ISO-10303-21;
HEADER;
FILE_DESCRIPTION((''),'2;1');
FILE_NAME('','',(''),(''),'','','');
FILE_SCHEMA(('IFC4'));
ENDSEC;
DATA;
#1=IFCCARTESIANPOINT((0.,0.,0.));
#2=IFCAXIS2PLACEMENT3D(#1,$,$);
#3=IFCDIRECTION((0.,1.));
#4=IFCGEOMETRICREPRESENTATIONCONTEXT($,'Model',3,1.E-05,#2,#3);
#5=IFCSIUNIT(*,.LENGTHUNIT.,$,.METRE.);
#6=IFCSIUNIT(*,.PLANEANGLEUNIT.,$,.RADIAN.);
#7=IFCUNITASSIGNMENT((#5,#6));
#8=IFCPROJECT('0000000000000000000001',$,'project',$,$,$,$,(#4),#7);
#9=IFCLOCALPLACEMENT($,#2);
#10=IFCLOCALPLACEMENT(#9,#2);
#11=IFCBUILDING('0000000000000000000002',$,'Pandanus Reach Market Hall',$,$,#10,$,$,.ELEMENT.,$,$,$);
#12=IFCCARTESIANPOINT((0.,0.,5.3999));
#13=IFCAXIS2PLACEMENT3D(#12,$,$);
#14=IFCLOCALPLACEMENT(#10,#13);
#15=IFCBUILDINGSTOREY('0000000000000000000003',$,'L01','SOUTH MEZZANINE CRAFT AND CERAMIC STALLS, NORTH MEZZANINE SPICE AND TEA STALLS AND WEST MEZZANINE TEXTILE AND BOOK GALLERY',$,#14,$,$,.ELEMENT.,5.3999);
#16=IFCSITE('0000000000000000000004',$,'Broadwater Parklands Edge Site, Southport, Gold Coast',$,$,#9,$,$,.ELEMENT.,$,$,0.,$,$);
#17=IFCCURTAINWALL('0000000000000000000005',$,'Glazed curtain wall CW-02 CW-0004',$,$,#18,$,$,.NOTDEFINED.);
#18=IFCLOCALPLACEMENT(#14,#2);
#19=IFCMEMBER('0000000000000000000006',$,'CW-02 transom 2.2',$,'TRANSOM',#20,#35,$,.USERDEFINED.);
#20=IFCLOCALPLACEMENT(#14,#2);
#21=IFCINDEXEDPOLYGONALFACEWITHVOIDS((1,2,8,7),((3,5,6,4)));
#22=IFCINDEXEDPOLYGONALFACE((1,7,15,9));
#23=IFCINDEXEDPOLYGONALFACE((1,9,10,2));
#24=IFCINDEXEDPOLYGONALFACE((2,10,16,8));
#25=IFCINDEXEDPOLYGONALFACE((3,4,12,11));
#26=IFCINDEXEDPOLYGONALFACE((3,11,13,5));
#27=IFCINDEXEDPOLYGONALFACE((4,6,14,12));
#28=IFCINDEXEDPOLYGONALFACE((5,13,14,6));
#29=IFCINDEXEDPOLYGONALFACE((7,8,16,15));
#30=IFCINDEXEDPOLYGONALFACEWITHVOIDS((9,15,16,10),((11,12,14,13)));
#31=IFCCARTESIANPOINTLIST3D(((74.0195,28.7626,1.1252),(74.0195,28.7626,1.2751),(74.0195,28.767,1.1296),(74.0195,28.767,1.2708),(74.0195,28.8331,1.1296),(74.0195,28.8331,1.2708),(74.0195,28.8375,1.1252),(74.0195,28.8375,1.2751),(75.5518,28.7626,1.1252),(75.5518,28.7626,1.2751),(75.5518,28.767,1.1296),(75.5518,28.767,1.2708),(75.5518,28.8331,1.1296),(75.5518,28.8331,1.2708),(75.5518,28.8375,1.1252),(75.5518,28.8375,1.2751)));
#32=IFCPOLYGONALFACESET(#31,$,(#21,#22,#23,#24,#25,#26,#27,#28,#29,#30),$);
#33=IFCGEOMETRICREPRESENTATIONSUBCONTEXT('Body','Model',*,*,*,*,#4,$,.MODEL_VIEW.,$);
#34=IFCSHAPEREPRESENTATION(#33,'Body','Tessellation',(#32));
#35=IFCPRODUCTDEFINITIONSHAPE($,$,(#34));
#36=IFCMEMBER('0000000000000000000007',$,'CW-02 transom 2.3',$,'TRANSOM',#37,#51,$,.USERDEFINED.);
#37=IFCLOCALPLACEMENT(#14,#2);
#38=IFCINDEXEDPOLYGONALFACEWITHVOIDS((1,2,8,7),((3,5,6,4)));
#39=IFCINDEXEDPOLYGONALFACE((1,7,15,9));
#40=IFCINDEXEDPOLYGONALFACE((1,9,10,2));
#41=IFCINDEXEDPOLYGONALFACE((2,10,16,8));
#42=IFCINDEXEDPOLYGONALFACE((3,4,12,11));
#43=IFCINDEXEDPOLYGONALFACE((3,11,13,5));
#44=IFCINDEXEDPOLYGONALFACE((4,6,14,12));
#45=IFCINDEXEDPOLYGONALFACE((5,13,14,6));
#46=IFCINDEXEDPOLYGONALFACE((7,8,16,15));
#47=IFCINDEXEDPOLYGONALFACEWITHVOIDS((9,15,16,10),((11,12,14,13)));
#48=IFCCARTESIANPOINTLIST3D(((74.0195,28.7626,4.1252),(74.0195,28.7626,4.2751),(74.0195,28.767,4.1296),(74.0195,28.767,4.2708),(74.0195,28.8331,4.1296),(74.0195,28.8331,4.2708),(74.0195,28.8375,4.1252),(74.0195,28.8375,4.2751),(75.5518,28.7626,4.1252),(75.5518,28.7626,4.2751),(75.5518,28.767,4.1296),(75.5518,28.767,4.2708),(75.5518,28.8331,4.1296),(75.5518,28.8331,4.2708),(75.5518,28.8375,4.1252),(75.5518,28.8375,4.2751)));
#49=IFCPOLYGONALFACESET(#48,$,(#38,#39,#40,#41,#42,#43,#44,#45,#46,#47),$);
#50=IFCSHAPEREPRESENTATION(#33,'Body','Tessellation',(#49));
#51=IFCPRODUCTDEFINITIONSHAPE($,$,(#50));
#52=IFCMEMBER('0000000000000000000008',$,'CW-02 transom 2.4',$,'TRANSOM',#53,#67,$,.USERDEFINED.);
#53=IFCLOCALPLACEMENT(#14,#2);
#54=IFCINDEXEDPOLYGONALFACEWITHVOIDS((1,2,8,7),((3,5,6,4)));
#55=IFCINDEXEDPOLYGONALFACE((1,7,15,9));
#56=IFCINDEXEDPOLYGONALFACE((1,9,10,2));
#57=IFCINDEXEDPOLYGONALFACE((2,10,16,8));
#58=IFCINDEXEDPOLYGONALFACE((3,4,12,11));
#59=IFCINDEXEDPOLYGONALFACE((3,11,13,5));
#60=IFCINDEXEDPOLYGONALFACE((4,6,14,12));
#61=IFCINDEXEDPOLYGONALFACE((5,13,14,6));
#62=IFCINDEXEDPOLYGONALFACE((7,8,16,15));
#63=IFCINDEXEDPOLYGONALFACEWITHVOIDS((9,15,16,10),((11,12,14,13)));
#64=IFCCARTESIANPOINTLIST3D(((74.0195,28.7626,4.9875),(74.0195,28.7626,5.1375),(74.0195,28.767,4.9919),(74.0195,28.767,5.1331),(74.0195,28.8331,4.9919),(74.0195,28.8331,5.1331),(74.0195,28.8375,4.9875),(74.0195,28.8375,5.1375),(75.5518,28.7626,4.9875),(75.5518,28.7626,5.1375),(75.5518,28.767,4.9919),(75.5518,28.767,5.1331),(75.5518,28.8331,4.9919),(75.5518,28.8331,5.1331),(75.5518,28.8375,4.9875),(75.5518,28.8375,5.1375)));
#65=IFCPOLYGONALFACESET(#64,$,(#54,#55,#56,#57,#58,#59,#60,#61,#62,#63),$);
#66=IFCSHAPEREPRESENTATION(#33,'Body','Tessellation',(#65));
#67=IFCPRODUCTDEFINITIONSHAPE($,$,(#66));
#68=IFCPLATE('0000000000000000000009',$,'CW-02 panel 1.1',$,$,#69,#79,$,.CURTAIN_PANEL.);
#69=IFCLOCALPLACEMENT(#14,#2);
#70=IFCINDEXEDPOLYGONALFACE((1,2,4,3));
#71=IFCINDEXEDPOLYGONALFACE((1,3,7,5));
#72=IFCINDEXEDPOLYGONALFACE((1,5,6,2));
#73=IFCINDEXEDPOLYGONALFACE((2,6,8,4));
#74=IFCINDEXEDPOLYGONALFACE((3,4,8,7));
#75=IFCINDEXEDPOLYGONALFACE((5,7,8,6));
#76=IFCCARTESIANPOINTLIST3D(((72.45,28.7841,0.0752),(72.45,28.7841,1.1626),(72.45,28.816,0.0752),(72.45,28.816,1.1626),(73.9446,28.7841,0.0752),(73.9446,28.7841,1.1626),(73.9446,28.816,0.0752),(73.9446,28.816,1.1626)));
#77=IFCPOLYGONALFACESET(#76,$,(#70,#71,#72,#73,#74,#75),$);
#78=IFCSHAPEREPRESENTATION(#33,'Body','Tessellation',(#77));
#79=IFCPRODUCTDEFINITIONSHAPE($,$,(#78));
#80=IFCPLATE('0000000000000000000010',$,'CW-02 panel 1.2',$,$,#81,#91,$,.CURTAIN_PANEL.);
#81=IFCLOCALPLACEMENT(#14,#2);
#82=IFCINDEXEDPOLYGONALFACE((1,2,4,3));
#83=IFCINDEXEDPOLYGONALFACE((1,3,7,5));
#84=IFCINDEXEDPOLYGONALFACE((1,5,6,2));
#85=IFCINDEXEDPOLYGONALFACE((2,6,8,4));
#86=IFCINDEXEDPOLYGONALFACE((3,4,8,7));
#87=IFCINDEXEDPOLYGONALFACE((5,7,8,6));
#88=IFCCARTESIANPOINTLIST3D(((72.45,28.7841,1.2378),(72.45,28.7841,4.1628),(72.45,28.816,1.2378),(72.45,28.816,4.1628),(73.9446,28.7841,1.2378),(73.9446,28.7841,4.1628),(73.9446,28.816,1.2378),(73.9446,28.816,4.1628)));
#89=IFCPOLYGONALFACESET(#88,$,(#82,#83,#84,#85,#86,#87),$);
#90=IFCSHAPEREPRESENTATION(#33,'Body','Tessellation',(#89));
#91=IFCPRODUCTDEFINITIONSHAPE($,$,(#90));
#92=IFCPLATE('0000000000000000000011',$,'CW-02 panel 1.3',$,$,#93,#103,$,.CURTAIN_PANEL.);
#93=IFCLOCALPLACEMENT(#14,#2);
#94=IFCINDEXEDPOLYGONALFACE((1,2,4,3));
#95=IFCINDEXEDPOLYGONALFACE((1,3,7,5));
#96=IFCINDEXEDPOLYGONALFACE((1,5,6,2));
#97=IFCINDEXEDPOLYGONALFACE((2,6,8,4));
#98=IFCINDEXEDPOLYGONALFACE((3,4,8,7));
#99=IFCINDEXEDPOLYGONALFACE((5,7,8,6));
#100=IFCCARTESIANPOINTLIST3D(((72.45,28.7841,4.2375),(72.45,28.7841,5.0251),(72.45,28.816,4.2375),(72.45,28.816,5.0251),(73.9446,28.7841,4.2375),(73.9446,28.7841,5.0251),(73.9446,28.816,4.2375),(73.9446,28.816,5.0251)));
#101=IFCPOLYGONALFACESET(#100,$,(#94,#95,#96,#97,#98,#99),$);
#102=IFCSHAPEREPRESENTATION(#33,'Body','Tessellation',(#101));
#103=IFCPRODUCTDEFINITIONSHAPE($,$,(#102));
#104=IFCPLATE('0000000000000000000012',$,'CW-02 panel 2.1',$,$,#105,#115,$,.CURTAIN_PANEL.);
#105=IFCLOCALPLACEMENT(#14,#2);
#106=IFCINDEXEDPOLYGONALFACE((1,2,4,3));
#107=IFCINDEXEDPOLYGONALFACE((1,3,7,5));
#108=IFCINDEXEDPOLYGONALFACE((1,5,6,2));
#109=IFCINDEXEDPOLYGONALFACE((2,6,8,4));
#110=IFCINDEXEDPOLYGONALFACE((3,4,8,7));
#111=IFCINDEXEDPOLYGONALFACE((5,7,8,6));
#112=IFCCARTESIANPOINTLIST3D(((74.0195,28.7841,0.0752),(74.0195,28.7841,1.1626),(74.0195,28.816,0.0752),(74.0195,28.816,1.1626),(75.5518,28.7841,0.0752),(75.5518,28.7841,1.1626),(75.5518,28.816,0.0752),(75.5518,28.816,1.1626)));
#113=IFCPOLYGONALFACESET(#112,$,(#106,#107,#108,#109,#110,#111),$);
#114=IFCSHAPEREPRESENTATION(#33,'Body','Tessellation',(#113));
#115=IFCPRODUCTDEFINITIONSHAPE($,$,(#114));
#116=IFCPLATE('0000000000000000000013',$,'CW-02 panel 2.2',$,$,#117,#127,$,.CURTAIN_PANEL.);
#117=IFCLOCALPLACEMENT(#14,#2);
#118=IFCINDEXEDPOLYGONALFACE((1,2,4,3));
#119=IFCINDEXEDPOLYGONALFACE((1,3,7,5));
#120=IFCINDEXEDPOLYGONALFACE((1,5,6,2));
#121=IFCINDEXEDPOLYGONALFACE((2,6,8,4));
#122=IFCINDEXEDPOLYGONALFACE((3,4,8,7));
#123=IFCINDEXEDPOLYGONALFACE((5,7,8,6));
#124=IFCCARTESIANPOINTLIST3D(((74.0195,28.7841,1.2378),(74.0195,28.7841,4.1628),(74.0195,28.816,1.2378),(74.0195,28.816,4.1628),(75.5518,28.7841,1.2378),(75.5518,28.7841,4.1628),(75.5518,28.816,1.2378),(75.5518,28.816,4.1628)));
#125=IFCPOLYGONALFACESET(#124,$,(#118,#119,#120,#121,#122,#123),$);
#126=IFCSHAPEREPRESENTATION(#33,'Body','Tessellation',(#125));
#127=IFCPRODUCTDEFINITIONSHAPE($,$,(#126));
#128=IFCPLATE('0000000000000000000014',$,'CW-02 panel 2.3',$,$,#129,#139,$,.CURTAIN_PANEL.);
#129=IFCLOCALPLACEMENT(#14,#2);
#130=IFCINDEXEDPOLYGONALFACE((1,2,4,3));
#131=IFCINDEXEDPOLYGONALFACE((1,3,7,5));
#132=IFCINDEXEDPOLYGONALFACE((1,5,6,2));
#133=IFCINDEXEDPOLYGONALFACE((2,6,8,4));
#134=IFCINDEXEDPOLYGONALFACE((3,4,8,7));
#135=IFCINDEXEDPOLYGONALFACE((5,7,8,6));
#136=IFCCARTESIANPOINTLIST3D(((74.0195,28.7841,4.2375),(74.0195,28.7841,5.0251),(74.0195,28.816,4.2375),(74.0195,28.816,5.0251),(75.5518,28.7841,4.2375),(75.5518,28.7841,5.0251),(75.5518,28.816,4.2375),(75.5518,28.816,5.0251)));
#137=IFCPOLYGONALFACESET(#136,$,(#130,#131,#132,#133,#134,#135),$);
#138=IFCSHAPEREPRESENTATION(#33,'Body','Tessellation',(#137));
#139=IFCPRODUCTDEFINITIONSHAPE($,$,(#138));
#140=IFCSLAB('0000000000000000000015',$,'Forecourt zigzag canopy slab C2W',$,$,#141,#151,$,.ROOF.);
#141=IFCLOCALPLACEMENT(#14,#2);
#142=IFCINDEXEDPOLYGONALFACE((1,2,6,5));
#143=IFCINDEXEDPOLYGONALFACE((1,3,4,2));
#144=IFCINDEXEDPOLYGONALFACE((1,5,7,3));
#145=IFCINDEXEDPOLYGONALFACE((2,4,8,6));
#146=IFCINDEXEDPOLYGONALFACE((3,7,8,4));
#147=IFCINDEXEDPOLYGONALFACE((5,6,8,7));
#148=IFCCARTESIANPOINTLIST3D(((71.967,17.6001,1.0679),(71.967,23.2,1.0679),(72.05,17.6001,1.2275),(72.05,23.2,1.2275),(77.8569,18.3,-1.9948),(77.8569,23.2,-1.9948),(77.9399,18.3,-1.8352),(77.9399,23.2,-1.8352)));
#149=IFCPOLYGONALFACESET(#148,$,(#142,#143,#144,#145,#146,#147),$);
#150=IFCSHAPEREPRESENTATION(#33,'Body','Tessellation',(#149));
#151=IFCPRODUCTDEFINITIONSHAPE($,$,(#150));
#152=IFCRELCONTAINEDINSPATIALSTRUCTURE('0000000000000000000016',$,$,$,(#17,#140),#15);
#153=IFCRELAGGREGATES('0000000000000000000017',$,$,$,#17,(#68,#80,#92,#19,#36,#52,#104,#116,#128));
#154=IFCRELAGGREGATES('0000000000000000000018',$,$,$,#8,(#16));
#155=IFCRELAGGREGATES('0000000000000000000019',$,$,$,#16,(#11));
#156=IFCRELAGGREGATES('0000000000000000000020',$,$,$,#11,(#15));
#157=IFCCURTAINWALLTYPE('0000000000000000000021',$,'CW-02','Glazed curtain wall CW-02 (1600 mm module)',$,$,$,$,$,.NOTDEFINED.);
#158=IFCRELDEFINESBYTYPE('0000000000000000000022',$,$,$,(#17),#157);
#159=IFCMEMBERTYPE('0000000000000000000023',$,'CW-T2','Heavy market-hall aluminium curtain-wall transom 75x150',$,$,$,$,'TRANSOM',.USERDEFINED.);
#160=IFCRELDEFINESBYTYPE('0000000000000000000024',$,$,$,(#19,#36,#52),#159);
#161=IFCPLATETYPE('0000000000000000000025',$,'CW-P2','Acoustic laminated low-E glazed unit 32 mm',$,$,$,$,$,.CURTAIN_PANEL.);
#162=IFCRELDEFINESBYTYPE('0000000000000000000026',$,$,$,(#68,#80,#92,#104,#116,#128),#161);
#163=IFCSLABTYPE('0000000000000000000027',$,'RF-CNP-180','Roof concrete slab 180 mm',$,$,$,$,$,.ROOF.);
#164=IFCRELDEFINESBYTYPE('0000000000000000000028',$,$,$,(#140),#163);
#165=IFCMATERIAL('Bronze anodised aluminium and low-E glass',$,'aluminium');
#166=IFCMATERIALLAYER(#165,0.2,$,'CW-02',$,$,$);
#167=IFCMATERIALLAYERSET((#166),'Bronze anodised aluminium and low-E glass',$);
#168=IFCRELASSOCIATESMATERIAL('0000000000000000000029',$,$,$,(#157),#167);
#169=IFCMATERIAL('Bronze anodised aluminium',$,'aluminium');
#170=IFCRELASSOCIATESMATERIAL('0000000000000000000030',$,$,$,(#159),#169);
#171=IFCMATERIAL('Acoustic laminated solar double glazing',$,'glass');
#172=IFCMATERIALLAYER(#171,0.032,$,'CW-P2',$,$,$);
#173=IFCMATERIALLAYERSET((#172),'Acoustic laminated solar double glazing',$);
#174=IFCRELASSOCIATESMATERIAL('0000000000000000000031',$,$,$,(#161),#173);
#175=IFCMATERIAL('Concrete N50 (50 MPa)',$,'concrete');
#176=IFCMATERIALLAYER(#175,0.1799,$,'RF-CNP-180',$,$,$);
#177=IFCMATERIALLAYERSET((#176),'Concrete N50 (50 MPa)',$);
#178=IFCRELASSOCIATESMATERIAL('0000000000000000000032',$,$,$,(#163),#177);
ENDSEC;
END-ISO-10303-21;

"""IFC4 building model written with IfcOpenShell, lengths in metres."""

from ifc_helpers import new_model, si_unit, direction, frame, origin, origin_2d, place, context, subcontext, project, spatial, polyline, rectangle, hollow_rectangle, outline, extrude, material, layer, layer_set, material_profile, profile_set, type_object, element, aggregate, save


model = new_model("IFC4")

# Units and contexts
model_context = context("Model", 3, precision=1e-05, world=origin(), true_north=direction((0.0, 1.0)))
body_context = subcontext(model_context, "Body", "Model", "MODEL_VIEW")
ifc_project = project(units=[si_unit("LENGTHUNIT", "METRE"), si_unit("PLANEANGLEUNIT", "RADIAN")], contexts=[model_context])

# Site, building, storey
site_placement = place(None, origin())
site = spatial("IfcSite", under=ifc_project, at=site_placement, Name="Broadwater Parklands Edge Site, Southport, Gold Coast", CompositionType="ELEMENT", RefElevation=0.0)
building_placement = place(site_placement, origin())
building = spatial("IfcBuilding", under=site, at=building_placement, Name="Pandanus Reach Market Hall", CompositionType="ELEMENT")
storey_placement = place(building_placement, frame((0.0, 0.0, 5.3999)))
storey = spatial("IfcBuildingStorey", under=building, at=storey_placement, Name="L01", Description="SOUTH MEZZANINE CRAFT AND CERAMIC STALLS, NORTH MEZZANINE SPICE AND TEA STALLS AND WEST MEZZANINE TEXTILE AND BOOK GALLERY", CompositionType="ELEMENT", Elevation=5.3999)

# Shared definitions
ifc_material_1 = material(Name="Concrete N50 (50 MPa)", Category="concrete")

# Curtain wall, members, plates
ifc_material_2 = material(Name="Bronze anodised aluminium and low-E glass", Category="aluminium")
ifc_layer_1 = layer(ifc_material_2, 0.2, Name="CW-02")
ifc_layer_set_1 = layer_set([ifc_layer_1], Name="Bronze anodised aluminium and low-E glass")
curtain_wall_type = type_object("IfcCurtainWallType", Name="CW-02", Description="Glazed curtain wall CW-02 (1600 mm module)", PredefinedType="NOTDEFINED", material=ifc_layer_set_1)
curtain_wall_placement = place(storey_placement, origin())
curtain_wall = element("IfcCurtainWall", 1, at=curtain_wall_placement, inside=storey, type_object=curtain_wall_type, Name="Glazed curtain wall CW-02 CW-0004", PredefinedType="NOTDEFINED")
ifc_material_3 = material(Name="Bronze anodised aluminium", Category="aluminium")
ifc_material_profile_1 = material_profile(ifc_material_3, hollow_rectangle(XDim=0.075, YDim=0.1499, WallThickness=0.0044, at=origin_2d()), Name="ALU75x150", Category="LoadBearing")
ifc_profile_set_1 = profile_set([ifc_material_profile_1], Name="Bronze anodised aluminium")
member_type_1 = type_object("IfcMemberType", Name="CW-T2", Description="Heavy market-hall aluminium curtain-wall transom 75x150", ElementType="TRANSOM", PredefinedType="USERDEFINED", material=ifc_profile_set_1)
member_1_placement = place(storey_placement, frame((74.0195, 28.8, 1.2002), z_axis=(1.0, 0.0, 0.0), x_axis=(0.0, 1.0, 0.0)))
member_1 = element("IfcMember", 2, at=member_1_placement, type_object=member_type_1, Name="CW-02 transom 2.2", ObjectType="TRANSOM", PredefinedType="USERDEFINED", context=body_context, shape_type="SweptSolid", body=[
    extrude(hollow_rectangle(XDim=0.075, YDim=0.1499, WallThickness=0.0044, at=origin_2d()), origin(), (0.0, 0.0, 1.0), 1.5322),
])
member_2_placement = place(storey_placement, frame((74.0195, 28.8, 4.2002), z_axis=(1.0, 0.0, 0.0), x_axis=(0.0, 1.0, 0.0)))
member_2 = element("IfcMember", 3, at=member_2_placement, type_object=member_type_1, Name="CW-02 transom 2.3", ObjectType="TRANSOM", PredefinedType="USERDEFINED", context=body_context, shape_type="SweptSolid", body=[
    extrude(hollow_rectangle(XDim=0.075, YDim=0.1499, WallThickness=0.0044, at=origin_2d()), origin(), (0.0, 0.0, 1.0), 1.5322),
])
member_3_placement = place(storey_placement, frame((74.0195, 28.8, 5.0625), z_axis=(1.0, 0.0, 0.0), x_axis=(0.0, 1.0, 0.0)))
member_3 = element("IfcMember", 4, at=member_3_placement, type_object=member_type_1, Name="CW-02 transom 2.4", ObjectType="TRANSOM", PredefinedType="USERDEFINED", context=body_context, shape_type="SweptSolid", body=[
    extrude(hollow_rectangle(XDim=0.075, YDim=0.1499, WallThickness=0.0044, at=origin_2d()), origin(), (0.0, 0.0, 1.0), 1.5322),
])
ifc_material_4 = material(Name="Acoustic laminated solar double glazing", Category="glass")
ifc_layer_2 = layer(ifc_material_4, 0.032, Name="CW-P2")
ifc_layer_set_2 = layer_set([ifc_layer_2], Name="Acoustic laminated solar double glazing")
plate_type = type_object("IfcPlateType", Name="CW-P2", Description="Acoustic laminated low-E glazed unit 32 mm", PredefinedType="CURTAIN_PANEL", material=ifc_layer_set_2)
plate_1_placement = place(storey_placement, frame((73.1973, 28.8, 0.0752), z_axis=(0.0, 0.0, 1.0), x_axis=(1.0, 0.0, 0.0)))
plate_1 = element("IfcPlate", 5, at=plate_1_placement, type_object=plate_type, Name="CW-02 panel 1.1", PredefinedType="CURTAIN_PANEL", context=body_context, shape_type="SweptSolid", body=[
    extrude(rectangle(XDim=1.4946, YDim=0.032, at=origin_2d()), origin(), (0.0, 0.0, 1.0), 1.0874),
])
plate_2_placement = place(storey_placement, frame((73.1973, 28.8, 1.2378), z_axis=(0.0, 0.0, 1.0), x_axis=(1.0, 0.0, 0.0)))
plate_2 = element("IfcPlate", 6, at=plate_2_placement, type_object=plate_type, Name="CW-02 panel 1.2", PredefinedType="CURTAIN_PANEL", context=body_context, shape_type="SweptSolid", body=[
    extrude(rectangle(XDim=1.4946, YDim=0.032, at=origin_2d()), origin(), (0.0, 0.0, 1.0), 2.925),
])
plate_3_placement = place(storey_placement, frame((73.1973, 28.8, 4.2375), z_axis=(0.0, 0.0, 1.0), x_axis=(1.0, 0.0, 0.0)))
plate_3 = element("IfcPlate", 7, at=plate_3_placement, type_object=plate_type, Name="CW-02 panel 1.3", PredefinedType="CURTAIN_PANEL", context=body_context, shape_type="SweptSolid", body=[
    extrude(rectangle(XDim=1.4946, YDim=0.032, at=origin_2d()), origin(), (0.0, 0.0, 1.0), 0.7876),
])
plate_4_placement = place(storey_placement, frame((74.7856, 28.8, 0.0752), z_axis=(0.0, 0.0, 1.0), x_axis=(1.0, 0.0, 0.0)))
plate_4 = element("IfcPlate", 8, at=plate_4_placement, type_object=plate_type, Name="CW-02 panel 2.1", PredefinedType="CURTAIN_PANEL", context=body_context, shape_type="SweptSolid", body=[
    extrude(rectangle(XDim=1.5322, YDim=0.032, at=origin_2d()), origin(), (0.0, 0.0, 1.0), 1.0874),
])
plate_5_placement = place(storey_placement, frame((74.7856, 28.8, 1.2378), z_axis=(0.0, 0.0, 1.0), x_axis=(1.0, 0.0, 0.0)))
plate_5 = element("IfcPlate", 9, at=plate_5_placement, type_object=plate_type, Name="CW-02 panel 2.2", PredefinedType="CURTAIN_PANEL", context=body_context, shape_type="SweptSolid", body=[
    extrude(rectangle(XDim=1.5322, YDim=0.032, at=origin_2d()), origin(), (0.0, 0.0, 1.0), 2.925),
])
plate_6_placement = place(storey_placement, frame((74.7856, 28.8, 4.2375), z_axis=(0.0, 0.0, 1.0), x_axis=(1.0, 0.0, 0.0)))
plate_6 = element("IfcPlate", 10, at=plate_6_placement, type_object=plate_type, Name="CW-02 panel 2.3", PredefinedType="CURTAIN_PANEL", context=body_context, shape_type="SweptSolid", body=[
    extrude(rectangle(XDim=1.5322, YDim=0.032, at=origin_2d()), origin(), (0.0, 0.0, 1.0), 0.7876),
])
aggregate(curtain_wall, [plate_1, plate_2, plate_3, member_1, member_2, member_3, plate_4, plate_5, plate_6])

# Slab
ifc_layer_3 = layer(ifc_material_1, 0.1799, Name="RF-CNP-180")
ifc_layer_set_3 = layer_set([ifc_layer_3], Name="Concrete N50 (50 MPa)")
slab_type = type_object("IfcSlabType", Name="RF-CNP-180", Description="Roof concrete slab 180 mm", PredefinedType="ROOF", material=ifc_layer_set_3)
slab_placement = place(storey_placement, frame((72.05, 17.6001, 1.2275), z_axis=(0.461353, 0.0, 0.887217), x_axis=(0.882326, 0.104855, -0.45881)))
element("IfcSlab", 11, at=slab_placement, inside=storey, type_object=slab_type, Name="Forecourt zigzag canopy slab C2W", PredefinedType="ROOF", context=body_context, shape_type="SweptSolid", body=[
    extrude(outline(polyline([(0.0, 0.0), (6.6754, 0.0), (7.1892, 4.8729), (0.5872, 5.569), (0.0, 0.0)])), origin(), (0.0, 0.0, -1.0), 0.1799),
])

save(model, "model.ifc")
